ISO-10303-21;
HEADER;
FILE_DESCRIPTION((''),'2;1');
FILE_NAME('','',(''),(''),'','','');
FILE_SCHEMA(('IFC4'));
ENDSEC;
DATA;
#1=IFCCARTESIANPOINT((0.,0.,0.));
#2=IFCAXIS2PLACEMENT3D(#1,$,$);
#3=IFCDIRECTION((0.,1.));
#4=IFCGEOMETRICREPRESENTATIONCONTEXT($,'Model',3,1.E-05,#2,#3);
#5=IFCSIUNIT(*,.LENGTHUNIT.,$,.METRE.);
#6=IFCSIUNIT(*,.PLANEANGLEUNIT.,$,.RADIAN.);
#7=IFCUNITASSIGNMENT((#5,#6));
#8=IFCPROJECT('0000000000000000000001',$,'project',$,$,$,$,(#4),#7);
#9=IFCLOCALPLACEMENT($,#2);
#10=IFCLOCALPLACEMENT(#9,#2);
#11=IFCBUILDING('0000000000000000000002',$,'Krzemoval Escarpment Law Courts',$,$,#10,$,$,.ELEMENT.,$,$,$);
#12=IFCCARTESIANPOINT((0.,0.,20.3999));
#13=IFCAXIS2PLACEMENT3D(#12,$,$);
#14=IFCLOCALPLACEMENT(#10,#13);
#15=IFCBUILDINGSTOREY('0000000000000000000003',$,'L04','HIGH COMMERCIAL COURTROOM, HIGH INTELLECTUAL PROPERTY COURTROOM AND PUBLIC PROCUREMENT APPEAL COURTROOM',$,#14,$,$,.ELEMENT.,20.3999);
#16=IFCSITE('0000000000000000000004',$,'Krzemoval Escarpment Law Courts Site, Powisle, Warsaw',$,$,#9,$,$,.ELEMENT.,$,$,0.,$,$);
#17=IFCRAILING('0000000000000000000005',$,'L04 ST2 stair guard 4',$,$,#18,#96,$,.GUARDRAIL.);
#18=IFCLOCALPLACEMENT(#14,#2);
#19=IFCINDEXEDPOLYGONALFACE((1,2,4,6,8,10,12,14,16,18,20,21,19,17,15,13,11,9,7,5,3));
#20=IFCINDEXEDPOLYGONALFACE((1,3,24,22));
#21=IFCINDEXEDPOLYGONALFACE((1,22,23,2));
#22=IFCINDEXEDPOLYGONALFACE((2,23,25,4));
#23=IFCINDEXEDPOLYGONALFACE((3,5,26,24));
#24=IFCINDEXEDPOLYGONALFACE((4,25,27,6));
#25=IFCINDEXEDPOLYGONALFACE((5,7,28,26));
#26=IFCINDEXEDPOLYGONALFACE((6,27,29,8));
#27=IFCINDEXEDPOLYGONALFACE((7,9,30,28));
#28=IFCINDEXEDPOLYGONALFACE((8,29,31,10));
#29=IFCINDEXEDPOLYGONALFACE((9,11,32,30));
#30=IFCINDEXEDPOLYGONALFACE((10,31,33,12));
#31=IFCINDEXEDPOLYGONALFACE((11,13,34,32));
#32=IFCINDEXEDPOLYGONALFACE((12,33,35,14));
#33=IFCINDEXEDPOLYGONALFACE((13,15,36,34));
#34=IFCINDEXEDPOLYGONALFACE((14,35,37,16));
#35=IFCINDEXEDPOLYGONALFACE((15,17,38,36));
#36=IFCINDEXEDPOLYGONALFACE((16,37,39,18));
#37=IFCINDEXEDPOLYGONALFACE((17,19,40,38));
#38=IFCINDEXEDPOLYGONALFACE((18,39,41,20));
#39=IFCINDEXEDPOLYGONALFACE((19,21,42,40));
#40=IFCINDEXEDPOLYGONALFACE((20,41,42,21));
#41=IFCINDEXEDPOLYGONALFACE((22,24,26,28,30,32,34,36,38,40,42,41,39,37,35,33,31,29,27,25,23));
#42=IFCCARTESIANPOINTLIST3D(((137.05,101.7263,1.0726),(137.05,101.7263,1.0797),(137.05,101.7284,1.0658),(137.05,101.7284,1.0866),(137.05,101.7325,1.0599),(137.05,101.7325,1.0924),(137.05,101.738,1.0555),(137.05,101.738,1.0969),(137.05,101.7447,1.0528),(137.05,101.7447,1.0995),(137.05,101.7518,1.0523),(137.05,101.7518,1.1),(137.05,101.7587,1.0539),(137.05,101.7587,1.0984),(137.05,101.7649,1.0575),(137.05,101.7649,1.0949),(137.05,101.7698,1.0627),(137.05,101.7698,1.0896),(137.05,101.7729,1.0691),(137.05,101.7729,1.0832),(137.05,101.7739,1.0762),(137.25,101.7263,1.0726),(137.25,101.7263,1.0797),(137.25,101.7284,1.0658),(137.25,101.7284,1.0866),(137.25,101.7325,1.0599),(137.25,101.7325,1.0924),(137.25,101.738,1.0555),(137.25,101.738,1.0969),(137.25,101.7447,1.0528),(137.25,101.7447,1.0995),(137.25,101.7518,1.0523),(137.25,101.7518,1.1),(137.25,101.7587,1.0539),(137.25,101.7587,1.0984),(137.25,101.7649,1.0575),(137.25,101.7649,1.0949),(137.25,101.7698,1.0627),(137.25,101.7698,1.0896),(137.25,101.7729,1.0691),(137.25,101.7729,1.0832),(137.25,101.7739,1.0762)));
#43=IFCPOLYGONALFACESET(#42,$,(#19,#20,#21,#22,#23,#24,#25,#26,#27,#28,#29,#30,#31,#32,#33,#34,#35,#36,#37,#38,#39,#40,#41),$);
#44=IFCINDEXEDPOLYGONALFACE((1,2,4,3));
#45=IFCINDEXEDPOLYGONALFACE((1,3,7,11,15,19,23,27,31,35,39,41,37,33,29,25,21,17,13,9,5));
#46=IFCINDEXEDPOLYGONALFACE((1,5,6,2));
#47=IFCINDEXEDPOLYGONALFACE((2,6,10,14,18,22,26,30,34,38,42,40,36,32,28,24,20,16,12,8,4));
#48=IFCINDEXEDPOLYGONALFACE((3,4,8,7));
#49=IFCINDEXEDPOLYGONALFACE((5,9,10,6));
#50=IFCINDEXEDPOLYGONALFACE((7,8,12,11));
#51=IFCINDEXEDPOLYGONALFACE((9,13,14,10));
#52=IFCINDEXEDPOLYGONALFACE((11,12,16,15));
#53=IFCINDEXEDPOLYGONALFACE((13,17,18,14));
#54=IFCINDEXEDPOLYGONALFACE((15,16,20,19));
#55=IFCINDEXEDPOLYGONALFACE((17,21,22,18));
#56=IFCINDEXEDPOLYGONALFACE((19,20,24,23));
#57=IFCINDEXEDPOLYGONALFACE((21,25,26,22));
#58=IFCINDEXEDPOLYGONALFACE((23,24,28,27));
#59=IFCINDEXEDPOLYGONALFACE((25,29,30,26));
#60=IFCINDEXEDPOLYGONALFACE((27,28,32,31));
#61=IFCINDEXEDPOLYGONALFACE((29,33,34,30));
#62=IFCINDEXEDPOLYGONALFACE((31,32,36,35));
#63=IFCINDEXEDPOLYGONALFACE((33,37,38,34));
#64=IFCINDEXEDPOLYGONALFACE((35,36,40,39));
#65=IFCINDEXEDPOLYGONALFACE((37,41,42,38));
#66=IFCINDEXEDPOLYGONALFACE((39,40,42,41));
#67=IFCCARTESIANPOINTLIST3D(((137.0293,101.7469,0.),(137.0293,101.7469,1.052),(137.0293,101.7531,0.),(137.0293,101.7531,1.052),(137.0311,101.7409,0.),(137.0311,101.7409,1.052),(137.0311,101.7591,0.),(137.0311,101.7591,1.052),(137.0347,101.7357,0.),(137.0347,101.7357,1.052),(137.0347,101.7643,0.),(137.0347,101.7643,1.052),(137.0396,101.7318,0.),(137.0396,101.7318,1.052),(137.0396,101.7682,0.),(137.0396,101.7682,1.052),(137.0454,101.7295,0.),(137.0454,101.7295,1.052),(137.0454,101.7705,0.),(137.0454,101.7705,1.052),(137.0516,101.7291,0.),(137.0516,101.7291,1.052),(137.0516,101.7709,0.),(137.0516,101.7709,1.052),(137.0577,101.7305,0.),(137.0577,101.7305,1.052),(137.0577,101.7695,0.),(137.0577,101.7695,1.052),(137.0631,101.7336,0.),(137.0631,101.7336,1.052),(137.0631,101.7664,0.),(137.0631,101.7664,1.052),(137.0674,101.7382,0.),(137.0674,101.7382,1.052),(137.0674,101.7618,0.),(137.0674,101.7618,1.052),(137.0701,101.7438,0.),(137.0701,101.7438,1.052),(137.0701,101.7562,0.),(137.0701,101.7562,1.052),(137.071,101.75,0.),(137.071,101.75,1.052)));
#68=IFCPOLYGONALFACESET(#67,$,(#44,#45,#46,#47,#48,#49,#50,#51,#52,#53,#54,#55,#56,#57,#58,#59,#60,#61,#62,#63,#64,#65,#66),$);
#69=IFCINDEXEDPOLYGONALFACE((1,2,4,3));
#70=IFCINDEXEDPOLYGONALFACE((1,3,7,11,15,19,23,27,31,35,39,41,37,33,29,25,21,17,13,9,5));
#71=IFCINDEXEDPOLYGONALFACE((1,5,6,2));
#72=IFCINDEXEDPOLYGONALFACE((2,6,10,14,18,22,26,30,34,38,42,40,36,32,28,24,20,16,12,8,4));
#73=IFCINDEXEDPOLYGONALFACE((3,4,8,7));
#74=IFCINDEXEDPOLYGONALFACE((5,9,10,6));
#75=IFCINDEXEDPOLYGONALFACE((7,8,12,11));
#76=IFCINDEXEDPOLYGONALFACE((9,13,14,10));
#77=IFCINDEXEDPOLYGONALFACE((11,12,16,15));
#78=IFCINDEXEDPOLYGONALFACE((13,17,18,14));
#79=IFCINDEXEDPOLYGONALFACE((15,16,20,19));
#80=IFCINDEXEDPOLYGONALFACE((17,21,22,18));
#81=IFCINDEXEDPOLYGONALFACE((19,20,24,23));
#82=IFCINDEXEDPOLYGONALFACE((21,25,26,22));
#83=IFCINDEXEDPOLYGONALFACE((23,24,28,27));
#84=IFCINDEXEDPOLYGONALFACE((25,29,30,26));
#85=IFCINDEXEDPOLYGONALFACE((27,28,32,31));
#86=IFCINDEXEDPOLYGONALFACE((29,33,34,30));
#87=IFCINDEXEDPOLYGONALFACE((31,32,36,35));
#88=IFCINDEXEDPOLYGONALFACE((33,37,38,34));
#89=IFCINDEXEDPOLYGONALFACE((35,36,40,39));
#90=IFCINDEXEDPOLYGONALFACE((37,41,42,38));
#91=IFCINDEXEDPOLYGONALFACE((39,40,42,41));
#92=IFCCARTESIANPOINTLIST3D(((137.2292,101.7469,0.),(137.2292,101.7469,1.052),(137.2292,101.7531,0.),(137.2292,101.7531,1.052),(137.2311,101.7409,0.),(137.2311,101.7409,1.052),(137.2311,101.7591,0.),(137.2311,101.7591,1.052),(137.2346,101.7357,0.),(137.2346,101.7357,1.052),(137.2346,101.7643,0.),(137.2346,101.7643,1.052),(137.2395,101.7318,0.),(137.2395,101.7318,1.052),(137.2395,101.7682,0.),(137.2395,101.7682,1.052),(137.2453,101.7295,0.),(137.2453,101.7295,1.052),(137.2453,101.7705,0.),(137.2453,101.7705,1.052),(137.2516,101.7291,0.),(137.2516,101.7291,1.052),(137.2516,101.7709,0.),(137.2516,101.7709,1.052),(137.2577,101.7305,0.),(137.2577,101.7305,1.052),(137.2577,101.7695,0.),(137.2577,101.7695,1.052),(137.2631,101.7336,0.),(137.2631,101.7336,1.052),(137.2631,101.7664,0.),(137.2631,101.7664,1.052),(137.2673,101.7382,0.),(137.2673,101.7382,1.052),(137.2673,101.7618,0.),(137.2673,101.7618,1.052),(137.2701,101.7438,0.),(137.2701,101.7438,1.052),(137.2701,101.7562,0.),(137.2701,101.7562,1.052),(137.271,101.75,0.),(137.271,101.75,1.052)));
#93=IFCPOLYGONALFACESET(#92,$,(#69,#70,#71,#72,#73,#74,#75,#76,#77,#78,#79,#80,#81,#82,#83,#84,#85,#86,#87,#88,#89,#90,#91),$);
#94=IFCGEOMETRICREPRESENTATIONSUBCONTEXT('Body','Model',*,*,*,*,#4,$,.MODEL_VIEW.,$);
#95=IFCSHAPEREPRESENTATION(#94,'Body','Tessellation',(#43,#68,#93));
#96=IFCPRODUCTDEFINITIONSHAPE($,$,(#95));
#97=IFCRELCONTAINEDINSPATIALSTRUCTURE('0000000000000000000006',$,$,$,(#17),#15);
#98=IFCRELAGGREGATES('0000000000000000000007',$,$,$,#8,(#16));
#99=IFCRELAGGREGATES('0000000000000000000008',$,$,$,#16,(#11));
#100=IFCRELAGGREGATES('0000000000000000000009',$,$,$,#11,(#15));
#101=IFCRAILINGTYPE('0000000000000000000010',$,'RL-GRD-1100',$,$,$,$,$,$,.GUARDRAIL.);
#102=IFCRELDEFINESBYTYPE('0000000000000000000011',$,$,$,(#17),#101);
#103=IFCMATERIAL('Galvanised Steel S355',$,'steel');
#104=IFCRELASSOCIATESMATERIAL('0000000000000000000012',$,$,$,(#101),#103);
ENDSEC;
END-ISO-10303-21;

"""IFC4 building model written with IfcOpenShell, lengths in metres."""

from ifc_helpers import new_model, si_unit, direction, frame, origin, origin_2d, place, context, subcontext, project, spatial, circle, extrude, material, type_object, element, save


model = new_model("IFC4")

# Units and contexts
model_context = context("Model", 3, precision=1e-05, world=origin(), true_north=direction((0.0, 1.0)))
body_context = subcontext(model_context, "Body", "Model", "MODEL_VIEW")
ifc_project = project(units=[si_unit("LENGTHUNIT", "METRE"), si_unit("PLANEANGLEUNIT", "RADIAN")], contexts=[model_context])

# Site, building, storey
site_placement = place(None, origin())
site = spatial("IfcSite", under=ifc_project, at=site_placement, Name="Krzemoval Escarpment Law Courts Site, Powisle, Warsaw", CompositionType="ELEMENT", RefElevation=0.0)
building_placement = place(site_placement, origin())
building = spatial("IfcBuilding", under=site, at=building_placement, Name="Krzemoval Escarpment Law Courts", CompositionType="ELEMENT")
storey_placement = place(building_placement, frame((0.0, 0.0, 20.3999)))
storey = spatial("IfcBuildingStorey", under=building, at=storey_placement, Name="L04", Description="HIGH COMMERCIAL COURTROOM, HIGH INTELLECTUAL PROPERTY COURTROOM AND PUBLIC PROCUREMENT APPEAL COURTROOM", CompositionType="ELEMENT", Elevation=20.3999)

# Railing
ifc_material_1 = material(Name="Galvanised Steel S355", Category="steel")
railing_type_1 = type_object("IfcRailingType", Name="RL-GRD-1100", PredefinedType="GUARDRAIL", material=ifc_material_1)
railing_1_placement = place(storey_placement, frame((137.05, 101.75, 0.0)))
element("IfcRailing", 1, at=railing_1_placement, inside=storey, type_object=railing_type_1, Name="L04 ST2 stair guard 4", PredefinedType="GUARDRAIL", context=body_context, shape_type="SweptSolid", body=[
    extrude(circle(Radius=0.0239, at=origin_2d()), frame((0.0, 0.0, 1.0762), z_axis=(1.0, 0.0, 0.0), x_axis=(0.0, 1.0, 0.0)), (0.0, 0.0, 1.0), 0.2),
    extrude(circle(Radius=0.021, at=origin_2d()), origin(), (0.0, 0.0, 1.0), 1.052),
    extrude(circle(Radius=0.021, at=origin_2d()), frame((0.2, 0.0, 0.0)), (0.0, 0.0, 1.0), 1.052),
])

save(model, "model.ifc")
